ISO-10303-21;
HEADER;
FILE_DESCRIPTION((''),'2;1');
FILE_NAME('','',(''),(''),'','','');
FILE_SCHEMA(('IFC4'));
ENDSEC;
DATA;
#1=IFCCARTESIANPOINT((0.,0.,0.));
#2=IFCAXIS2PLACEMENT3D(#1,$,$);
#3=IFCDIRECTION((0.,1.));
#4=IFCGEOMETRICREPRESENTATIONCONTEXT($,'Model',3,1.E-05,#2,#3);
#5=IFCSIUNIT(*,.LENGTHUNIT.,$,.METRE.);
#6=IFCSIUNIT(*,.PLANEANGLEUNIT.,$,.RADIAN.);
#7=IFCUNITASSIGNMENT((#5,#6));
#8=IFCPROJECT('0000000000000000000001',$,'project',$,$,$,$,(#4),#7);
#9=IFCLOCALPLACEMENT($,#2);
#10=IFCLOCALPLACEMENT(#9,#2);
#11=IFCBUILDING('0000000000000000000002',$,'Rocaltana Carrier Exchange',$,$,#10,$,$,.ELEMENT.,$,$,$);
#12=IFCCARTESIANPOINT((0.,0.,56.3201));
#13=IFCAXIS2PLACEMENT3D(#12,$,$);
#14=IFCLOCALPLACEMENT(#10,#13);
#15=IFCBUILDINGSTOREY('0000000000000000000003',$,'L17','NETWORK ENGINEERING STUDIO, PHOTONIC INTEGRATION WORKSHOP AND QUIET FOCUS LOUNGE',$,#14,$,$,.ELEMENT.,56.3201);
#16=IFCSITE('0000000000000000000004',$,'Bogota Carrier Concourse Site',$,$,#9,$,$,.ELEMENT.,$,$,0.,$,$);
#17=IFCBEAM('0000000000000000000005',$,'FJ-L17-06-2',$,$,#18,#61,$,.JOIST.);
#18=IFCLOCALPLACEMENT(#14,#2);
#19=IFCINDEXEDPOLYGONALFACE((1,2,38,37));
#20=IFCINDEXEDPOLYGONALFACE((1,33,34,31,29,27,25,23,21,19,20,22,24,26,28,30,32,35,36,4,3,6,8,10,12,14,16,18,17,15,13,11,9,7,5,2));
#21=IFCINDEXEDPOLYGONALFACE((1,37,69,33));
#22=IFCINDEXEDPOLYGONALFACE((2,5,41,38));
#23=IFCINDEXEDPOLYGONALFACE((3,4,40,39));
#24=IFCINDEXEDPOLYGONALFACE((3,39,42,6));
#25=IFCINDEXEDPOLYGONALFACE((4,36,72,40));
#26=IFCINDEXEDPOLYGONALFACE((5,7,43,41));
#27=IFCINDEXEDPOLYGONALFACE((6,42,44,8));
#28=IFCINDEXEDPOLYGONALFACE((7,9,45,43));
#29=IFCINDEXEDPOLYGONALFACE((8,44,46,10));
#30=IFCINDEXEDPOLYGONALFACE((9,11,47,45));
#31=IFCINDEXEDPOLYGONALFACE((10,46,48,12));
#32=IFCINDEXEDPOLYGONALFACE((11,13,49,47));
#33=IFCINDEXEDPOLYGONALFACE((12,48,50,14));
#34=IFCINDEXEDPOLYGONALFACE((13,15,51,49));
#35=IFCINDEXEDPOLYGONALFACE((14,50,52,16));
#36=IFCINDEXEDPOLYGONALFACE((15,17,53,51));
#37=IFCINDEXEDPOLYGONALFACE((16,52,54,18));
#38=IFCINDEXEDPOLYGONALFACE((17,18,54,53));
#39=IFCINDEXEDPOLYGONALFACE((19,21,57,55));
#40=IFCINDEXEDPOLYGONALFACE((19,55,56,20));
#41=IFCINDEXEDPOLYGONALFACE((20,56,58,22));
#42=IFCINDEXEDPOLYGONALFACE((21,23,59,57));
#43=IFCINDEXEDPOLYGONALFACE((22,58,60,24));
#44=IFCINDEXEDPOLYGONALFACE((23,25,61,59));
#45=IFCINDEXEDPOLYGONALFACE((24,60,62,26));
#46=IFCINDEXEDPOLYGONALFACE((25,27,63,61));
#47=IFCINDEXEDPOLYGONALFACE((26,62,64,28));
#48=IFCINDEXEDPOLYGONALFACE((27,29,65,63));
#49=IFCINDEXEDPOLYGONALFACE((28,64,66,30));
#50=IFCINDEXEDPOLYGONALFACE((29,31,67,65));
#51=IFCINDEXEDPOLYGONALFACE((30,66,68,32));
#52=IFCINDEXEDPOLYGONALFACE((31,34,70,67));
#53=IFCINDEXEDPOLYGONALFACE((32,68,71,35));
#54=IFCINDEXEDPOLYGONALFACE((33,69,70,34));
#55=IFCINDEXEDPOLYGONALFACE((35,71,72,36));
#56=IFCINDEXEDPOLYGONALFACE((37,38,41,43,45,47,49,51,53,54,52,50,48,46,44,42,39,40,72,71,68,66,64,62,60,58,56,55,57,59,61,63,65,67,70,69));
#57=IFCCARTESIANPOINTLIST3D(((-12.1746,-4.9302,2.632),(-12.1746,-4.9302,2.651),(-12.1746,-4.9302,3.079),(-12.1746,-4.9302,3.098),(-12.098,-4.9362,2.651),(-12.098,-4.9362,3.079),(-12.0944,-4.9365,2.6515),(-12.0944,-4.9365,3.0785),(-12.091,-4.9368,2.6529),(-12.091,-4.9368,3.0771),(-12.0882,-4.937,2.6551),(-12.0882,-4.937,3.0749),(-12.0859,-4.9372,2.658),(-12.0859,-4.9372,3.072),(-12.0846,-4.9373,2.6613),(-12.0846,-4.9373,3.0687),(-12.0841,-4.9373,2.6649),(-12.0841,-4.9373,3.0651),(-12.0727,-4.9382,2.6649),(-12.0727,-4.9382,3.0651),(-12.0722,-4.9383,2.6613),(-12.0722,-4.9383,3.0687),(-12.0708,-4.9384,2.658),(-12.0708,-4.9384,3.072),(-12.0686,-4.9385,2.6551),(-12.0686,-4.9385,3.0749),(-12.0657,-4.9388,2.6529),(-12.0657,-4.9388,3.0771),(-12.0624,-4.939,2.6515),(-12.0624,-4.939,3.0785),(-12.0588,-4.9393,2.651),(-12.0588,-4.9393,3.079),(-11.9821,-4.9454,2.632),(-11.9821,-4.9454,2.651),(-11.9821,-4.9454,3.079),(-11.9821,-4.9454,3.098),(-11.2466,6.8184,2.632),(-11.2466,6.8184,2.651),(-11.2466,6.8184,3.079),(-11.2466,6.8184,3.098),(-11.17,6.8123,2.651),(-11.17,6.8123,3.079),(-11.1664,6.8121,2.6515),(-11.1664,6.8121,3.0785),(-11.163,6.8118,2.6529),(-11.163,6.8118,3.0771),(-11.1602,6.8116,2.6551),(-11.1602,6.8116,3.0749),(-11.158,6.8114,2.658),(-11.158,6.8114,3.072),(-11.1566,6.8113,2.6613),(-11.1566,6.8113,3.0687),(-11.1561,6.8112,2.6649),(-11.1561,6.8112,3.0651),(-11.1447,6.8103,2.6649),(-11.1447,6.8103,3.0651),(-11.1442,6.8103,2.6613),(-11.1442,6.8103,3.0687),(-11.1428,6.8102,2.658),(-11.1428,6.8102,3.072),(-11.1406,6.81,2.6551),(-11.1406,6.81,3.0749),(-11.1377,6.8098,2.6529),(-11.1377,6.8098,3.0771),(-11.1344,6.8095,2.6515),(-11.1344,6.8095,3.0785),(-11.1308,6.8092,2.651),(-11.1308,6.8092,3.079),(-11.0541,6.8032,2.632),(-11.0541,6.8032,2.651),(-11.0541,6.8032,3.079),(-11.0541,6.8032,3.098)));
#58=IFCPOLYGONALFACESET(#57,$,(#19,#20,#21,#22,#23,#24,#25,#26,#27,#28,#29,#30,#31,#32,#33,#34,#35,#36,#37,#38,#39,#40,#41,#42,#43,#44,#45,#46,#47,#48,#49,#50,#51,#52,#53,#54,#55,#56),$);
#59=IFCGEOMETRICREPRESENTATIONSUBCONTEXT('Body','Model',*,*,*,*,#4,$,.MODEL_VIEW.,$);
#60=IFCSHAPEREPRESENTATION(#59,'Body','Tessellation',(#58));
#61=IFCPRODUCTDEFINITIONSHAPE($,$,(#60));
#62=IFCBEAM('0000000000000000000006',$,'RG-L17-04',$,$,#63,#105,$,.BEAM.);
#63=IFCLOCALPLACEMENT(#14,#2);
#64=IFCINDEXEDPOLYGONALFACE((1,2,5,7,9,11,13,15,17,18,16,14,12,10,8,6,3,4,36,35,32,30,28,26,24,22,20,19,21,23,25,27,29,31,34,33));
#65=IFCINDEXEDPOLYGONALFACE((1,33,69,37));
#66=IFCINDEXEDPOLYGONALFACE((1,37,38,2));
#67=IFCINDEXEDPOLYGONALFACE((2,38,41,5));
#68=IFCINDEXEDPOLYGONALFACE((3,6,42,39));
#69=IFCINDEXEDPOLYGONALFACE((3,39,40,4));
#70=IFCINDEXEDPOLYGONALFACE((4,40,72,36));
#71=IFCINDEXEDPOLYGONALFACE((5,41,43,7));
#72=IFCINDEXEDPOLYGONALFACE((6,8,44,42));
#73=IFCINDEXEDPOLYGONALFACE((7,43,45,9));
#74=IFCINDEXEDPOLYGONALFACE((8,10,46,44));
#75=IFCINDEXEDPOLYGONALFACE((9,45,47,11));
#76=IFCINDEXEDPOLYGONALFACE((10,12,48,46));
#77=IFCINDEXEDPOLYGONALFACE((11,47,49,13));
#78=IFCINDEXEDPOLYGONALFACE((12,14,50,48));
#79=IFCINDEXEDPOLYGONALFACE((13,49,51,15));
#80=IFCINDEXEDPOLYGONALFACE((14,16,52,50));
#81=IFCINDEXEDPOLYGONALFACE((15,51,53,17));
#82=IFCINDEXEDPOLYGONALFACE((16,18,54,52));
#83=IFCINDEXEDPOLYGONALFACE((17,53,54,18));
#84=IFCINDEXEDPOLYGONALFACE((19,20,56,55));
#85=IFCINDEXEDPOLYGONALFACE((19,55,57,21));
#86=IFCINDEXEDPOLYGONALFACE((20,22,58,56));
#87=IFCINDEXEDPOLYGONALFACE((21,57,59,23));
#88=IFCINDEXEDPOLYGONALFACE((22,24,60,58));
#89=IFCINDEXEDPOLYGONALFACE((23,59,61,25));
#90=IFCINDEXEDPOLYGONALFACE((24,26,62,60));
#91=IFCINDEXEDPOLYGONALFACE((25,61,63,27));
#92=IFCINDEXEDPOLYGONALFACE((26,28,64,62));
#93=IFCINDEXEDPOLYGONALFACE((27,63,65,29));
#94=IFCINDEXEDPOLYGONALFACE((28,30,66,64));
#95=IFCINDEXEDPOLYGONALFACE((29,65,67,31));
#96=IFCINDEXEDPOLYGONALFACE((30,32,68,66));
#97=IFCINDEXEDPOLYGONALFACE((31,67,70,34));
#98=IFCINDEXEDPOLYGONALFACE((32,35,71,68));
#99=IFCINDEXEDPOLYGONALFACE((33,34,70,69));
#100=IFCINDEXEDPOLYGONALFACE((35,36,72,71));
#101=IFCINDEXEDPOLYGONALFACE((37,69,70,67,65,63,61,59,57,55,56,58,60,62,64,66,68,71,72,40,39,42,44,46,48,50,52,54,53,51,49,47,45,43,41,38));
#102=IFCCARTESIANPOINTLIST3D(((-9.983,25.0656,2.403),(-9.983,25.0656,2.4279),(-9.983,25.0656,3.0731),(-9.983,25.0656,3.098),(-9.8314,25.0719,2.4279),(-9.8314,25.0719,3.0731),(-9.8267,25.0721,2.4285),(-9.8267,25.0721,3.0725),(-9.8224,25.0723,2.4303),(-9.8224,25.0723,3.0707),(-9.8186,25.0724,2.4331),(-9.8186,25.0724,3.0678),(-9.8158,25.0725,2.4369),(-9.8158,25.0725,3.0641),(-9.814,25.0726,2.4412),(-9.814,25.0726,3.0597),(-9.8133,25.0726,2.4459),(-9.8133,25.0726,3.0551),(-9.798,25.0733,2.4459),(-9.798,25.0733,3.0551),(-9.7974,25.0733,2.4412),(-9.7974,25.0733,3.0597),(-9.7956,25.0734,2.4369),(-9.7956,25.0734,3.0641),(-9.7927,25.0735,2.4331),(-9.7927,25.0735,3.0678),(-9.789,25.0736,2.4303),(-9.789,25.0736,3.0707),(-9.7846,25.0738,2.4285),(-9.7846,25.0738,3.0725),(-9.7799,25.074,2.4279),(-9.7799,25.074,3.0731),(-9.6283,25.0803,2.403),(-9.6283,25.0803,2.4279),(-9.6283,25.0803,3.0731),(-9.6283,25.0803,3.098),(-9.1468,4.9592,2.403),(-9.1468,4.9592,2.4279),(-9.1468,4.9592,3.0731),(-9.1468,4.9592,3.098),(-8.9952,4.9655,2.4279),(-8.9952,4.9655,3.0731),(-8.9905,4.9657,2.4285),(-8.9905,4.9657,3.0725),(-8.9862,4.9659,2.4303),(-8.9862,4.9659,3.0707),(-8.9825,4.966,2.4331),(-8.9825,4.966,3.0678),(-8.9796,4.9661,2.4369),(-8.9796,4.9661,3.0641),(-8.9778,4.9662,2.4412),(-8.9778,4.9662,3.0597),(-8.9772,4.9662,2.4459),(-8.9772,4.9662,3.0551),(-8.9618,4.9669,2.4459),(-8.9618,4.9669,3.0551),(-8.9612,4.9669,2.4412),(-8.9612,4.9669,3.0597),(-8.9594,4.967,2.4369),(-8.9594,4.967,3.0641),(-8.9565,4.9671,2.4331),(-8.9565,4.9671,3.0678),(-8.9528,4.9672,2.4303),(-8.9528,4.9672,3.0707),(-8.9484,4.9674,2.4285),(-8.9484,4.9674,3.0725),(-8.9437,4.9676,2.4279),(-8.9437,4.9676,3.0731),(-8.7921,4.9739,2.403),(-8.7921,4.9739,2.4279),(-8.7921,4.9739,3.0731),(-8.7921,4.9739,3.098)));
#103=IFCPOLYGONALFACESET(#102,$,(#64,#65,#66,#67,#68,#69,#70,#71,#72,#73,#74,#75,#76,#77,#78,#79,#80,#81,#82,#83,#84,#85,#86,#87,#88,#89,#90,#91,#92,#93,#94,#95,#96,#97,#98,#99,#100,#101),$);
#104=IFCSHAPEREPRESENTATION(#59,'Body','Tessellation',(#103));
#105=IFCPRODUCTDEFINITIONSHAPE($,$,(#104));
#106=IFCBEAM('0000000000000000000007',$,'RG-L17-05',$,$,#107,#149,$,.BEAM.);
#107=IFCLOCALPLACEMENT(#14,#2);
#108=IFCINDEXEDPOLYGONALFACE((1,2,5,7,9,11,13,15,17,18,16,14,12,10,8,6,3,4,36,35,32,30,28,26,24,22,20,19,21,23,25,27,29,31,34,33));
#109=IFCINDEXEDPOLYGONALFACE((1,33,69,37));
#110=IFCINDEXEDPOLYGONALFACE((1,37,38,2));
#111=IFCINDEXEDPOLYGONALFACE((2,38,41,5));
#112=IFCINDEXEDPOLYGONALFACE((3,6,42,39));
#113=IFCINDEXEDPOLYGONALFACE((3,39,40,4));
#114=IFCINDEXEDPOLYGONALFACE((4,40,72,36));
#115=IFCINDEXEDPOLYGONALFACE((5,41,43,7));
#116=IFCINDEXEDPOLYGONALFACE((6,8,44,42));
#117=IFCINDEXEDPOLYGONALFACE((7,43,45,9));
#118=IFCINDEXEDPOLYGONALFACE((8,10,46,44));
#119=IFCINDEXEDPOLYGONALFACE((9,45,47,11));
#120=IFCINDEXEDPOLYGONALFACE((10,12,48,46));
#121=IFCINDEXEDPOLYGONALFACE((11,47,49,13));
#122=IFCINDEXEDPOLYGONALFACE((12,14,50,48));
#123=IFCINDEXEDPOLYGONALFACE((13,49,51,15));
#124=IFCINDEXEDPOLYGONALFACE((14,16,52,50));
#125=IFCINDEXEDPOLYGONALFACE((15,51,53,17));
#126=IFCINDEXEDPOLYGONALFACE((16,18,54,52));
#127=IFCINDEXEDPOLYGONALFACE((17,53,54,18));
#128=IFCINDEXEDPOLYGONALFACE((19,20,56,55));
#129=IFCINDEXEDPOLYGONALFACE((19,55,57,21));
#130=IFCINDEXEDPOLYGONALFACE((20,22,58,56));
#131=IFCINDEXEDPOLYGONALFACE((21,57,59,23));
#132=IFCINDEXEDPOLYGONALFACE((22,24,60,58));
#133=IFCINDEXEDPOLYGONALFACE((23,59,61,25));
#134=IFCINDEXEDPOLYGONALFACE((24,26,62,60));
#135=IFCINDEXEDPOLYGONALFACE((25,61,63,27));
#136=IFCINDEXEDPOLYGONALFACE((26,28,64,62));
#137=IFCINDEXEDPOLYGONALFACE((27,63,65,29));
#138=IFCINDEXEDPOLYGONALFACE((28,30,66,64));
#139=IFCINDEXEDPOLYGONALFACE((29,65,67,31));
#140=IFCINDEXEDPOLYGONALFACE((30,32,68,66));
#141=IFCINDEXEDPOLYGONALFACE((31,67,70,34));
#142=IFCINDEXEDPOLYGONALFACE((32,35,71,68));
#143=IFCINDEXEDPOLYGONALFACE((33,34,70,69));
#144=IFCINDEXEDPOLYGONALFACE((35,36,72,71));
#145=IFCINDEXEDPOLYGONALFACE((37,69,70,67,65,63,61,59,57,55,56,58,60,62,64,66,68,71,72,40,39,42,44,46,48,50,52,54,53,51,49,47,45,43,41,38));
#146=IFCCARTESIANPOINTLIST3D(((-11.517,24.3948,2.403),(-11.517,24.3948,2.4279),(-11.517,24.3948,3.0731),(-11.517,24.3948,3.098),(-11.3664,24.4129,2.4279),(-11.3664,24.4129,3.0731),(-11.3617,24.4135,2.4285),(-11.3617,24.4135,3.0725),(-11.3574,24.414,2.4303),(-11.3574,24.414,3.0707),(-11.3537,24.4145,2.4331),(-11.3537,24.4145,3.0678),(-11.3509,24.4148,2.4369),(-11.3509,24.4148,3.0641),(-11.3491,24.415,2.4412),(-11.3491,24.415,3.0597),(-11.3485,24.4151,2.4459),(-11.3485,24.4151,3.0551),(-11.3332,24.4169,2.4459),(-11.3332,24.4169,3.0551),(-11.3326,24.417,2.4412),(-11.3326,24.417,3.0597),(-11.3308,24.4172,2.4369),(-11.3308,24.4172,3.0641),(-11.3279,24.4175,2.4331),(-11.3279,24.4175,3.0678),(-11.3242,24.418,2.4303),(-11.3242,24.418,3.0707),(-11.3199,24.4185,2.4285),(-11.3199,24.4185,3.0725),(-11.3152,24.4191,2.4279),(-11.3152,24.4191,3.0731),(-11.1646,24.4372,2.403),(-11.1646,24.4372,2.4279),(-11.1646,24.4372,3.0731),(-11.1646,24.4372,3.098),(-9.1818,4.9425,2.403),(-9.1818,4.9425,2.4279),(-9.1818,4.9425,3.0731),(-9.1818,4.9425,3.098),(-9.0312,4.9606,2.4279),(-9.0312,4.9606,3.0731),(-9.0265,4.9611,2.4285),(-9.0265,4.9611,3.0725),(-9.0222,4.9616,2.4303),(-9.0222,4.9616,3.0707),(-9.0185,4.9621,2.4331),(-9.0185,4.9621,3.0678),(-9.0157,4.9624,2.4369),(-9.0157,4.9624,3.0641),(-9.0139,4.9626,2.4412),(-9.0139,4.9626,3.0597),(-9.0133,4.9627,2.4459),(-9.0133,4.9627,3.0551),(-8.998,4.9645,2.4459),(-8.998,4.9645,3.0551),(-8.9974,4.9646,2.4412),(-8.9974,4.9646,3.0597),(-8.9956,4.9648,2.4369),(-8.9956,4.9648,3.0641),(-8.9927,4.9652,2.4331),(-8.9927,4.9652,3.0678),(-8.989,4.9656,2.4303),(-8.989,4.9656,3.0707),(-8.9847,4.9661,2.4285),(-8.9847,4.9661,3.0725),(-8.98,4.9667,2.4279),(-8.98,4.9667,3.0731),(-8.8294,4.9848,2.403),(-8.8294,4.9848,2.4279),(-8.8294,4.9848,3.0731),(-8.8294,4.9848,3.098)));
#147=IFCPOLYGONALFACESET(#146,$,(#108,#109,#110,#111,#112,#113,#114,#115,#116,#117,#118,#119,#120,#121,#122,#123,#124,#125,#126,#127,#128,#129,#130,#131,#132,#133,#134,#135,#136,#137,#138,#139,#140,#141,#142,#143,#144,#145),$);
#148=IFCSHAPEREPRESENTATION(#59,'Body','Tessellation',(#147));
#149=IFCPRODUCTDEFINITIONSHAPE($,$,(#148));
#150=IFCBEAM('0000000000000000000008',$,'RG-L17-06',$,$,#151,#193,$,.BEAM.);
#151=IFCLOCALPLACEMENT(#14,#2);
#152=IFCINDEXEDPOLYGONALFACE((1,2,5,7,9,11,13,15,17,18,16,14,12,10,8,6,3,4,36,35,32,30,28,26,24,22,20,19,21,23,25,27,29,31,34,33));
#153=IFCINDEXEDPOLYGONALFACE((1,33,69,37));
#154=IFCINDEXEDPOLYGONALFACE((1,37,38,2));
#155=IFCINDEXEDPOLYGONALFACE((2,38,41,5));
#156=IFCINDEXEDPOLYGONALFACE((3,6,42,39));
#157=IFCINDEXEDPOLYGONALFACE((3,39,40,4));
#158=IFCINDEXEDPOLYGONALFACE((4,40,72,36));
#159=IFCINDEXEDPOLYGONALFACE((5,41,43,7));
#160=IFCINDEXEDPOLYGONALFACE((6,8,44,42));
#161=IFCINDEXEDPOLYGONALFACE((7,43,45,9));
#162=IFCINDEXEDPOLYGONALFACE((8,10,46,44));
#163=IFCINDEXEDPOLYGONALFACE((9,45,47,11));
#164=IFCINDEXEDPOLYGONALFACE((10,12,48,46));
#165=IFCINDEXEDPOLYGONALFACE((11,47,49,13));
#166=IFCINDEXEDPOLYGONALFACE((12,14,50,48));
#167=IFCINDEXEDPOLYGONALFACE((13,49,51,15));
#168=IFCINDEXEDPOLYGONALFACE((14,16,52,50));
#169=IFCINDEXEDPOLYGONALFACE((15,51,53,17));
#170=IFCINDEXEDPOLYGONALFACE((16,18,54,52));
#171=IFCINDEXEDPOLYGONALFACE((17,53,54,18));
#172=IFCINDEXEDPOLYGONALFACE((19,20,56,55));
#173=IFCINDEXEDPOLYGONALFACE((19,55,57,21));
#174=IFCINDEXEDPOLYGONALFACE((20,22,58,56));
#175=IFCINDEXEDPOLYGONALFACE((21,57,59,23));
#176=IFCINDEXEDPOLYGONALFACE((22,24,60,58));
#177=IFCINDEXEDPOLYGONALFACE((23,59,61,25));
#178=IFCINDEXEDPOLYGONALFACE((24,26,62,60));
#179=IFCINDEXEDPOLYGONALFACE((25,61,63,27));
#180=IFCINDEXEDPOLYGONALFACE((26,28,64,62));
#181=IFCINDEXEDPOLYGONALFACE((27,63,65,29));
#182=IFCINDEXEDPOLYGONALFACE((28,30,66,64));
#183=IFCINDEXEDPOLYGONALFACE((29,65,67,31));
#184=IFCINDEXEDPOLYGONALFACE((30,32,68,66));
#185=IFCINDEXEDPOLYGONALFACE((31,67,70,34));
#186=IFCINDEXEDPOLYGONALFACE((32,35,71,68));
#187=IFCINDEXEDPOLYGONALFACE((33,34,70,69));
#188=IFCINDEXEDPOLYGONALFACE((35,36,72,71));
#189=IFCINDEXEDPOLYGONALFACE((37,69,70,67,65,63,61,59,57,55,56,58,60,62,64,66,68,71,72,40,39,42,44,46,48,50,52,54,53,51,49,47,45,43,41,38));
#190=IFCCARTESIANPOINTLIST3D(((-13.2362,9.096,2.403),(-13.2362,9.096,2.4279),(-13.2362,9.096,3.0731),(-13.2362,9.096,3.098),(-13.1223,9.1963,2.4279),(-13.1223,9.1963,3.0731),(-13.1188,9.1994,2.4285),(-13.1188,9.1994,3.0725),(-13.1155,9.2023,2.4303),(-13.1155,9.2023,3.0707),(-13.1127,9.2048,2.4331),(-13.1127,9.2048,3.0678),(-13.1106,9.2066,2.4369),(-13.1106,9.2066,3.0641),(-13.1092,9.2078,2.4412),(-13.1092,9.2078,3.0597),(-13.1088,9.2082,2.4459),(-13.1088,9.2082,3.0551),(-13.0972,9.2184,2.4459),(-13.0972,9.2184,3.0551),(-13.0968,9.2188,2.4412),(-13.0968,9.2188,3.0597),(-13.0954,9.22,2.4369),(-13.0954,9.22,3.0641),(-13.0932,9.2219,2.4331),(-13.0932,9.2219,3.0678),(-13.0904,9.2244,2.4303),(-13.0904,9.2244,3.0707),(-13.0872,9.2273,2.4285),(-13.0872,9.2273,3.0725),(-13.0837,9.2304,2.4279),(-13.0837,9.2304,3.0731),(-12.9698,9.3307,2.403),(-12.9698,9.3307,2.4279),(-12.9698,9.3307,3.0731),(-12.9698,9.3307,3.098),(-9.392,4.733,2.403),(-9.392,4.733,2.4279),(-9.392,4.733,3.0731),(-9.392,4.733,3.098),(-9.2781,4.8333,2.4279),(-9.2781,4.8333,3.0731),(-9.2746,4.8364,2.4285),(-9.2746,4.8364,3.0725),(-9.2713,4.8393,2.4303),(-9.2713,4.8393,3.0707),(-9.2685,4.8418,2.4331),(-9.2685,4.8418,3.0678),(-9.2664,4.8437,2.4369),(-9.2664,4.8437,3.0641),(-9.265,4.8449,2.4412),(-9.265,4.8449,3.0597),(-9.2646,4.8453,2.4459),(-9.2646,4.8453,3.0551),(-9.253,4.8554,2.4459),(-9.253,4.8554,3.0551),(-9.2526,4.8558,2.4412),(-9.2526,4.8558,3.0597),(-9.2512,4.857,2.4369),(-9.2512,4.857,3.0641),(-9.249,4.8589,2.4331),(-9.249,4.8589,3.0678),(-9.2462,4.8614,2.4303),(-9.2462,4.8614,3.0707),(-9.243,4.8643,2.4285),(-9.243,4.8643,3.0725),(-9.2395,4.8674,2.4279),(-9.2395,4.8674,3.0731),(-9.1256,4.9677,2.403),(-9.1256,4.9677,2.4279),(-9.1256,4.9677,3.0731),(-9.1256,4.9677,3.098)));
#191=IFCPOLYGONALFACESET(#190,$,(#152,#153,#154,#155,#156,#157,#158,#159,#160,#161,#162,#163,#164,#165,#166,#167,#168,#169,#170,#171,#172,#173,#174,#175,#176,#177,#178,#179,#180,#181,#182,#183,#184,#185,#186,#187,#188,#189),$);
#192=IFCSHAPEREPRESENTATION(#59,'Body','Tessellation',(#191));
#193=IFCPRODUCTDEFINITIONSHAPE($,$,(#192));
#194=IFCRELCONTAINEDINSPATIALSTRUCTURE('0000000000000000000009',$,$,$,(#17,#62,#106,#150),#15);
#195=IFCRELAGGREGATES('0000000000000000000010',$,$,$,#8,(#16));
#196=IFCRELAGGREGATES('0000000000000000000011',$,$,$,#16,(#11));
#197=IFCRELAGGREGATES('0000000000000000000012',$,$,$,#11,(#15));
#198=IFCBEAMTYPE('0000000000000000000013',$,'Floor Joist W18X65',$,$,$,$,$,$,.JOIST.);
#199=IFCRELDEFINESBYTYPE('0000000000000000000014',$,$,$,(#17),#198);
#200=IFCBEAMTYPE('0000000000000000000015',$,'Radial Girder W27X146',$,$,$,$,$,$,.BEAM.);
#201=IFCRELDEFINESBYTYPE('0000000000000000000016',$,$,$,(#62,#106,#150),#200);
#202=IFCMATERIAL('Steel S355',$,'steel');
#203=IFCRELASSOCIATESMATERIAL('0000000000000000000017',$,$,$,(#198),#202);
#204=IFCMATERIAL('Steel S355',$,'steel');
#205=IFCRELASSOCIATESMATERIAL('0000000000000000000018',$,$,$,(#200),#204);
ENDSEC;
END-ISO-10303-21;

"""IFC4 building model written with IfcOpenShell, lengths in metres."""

from ifc_helpers import new_model, si_unit, direction, frame, origin, origin_2d, place, context, subcontext, project, spatial, i_section, extrude, material, material_profile, profile_set, type_object, element, save


model = new_model("IFC4")

# Units and contexts
model_context = context("Model", 3, precision=1e-05, world=origin(), true_north=direction((0.0, 1.0)))
body_context = subcontext(model_context, "Body", "Model", "MODEL_VIEW")
ifc_project = project(units=[si_unit("LENGTHUNIT", "METRE"), si_unit("PLANEANGLEUNIT", "RADIAN")], contexts=[model_context])

# Site, building, storey
site_placement = place(None, origin())
site = spatial("IfcSite", under=ifc_project, at=site_placement, Name="Bogota Carrier Concourse Site", CompositionType="ELEMENT", RefElevation=0.0)
building_placement = place(site_placement, origin())
building = spatial("IfcBuilding", under=site, at=building_placement, Name="Rocaltana Carrier Exchange", CompositionType="ELEMENT")
storey_placement = place(building_placement, frame((0.0, 0.0, 56.3201)))
storey = spatial("IfcBuildingStorey", under=building, at=storey_placement, Name="L17", Description="NETWORK ENGINEERING STUDIO, PHOTONIC INTEGRATION WORKSHOP AND QUIET FOCUS LOUNGE", CompositionType="ELEMENT", Elevation=56.3201)

# Beams
ifc_material_1 = material(Name="Steel S355", Category="steel")
ifc_material_profile_1 = material_profile(ifc_material_1, i_section(OverallWidth=0.1931, OverallDepth=0.4661, WebThickness=0.0115, FlangeThickness=0.019, FilletRadius=0.0139, at=origin_2d()), Name="W18X65")
ifc_profile_set_1 = profile_set([ifc_material_profile_1], Name="Steel S355")
beam_type_1 = type_object("IfcBeamType", Name="Floor Joist W18X65", PredefinedType="JOIST", material=ifc_profile_set_1)
beam_1_placement = place(storey_placement, frame((-11.1504, 6.8108, 2.865), z_axis=(-0.078741, -0.996895, 0.0), x_axis=(0.996895, -0.078741, 0.0)))
element("IfcBeam", 1, at=beam_1_placement, inside=storey, type_object=beam_type_1, Name="FJ-L17-06-2", PredefinedType="JOIST", context=body_context, shape_type="SweptSolid", body=[
    extrude(i_section(OverallWidth=0.1931, OverallDepth=0.4661, WebThickness=0.0115, FlangeThickness=0.019, FilletRadius=0.0139, at=origin_2d()), origin(), (0.0, 0.0, 1.0), 11.7852),
])
ifc_material_2 = material(Name="Steel S355", Category="steel")
ifc_material_profile_2 = material_profile(ifc_material_2, i_section(OverallWidth=0.355, OverallDepth=0.6951, WebThickness=0.0154, FlangeThickness=0.0249, FilletRadius=0.0181, at=origin_2d()), Name="W27X146")
ifc_profile_set_2 = profile_set([ifc_material_profile_2], Name="Steel S355")
beam_type_2 = type_object("IfcBeamType", Name="Radial Girder W27X146", PredefinedType="BEAM", material=ifc_profile_set_2)
beam_2_placement = place(storey_placement, frame((-8.9695, 4.9666, 2.7505), z_axis=(-0.041552, 0.999136, 0.0), x_axis=(-0.999136, -0.041552, 0.0)))
element("IfcBeam", 2, at=beam_2_placement, inside=storey, type_object=beam_type_2, Name="RG-L17-04", PredefinedType="BEAM", context=body_context, shape_type="SweptSolid", body=[
    extrude(i_section(OverallWidth=0.355, OverallDepth=0.6951, WebThickness=0.0154, FlangeThickness=0.0249, FilletRadius=0.0181, at=origin_2d()), origin(), (0.0, 0.0, 1.0), 20.1238),
])
beam_3_placement = place(storey_placement, frame((-9.0056, 4.9636, 2.7505), z_axis=(-0.119191, 0.992871, 0.0), x_axis=(-0.992871, -0.119191, 0.0)))
element("IfcBeam", 3, at=beam_3_placement, inside=storey, type_object=beam_type_2, Name="RG-L17-05", PredefinedType="BEAM", context=body_context, shape_type="SweptSolid", body=[
    extrude(i_section(OverallWidth=0.355, OverallDepth=0.6951, WebThickness=0.0154, FlangeThickness=0.0249, FilletRadius=0.0181, at=origin_2d()), origin(), (0.0, 0.0, 1.0), 19.592),
])
beam_4_placement = place(storey_placement, frame((-9.2588, 4.8503, 2.7505), z_axis=(-0.66109, 0.750307, 0.0), x_axis=(-0.750307, -0.66109, 0.0)))
element("IfcBeam", 4, at=beam_4_placement, inside=storey, type_object=beam_type_2, Name="RG-L17-06", PredefinedType="BEAM", context=body_context, shape_type="SweptSolid", body=[
    extrude(i_section(OverallWidth=0.355, OverallDepth=0.6951, WebThickness=0.0154, FlangeThickness=0.0249, FilletRadius=0.0181, at=origin_2d()), origin(), (0.0, 0.0, 1.0), 5.8149),
])

save(model, "model.ifc")
